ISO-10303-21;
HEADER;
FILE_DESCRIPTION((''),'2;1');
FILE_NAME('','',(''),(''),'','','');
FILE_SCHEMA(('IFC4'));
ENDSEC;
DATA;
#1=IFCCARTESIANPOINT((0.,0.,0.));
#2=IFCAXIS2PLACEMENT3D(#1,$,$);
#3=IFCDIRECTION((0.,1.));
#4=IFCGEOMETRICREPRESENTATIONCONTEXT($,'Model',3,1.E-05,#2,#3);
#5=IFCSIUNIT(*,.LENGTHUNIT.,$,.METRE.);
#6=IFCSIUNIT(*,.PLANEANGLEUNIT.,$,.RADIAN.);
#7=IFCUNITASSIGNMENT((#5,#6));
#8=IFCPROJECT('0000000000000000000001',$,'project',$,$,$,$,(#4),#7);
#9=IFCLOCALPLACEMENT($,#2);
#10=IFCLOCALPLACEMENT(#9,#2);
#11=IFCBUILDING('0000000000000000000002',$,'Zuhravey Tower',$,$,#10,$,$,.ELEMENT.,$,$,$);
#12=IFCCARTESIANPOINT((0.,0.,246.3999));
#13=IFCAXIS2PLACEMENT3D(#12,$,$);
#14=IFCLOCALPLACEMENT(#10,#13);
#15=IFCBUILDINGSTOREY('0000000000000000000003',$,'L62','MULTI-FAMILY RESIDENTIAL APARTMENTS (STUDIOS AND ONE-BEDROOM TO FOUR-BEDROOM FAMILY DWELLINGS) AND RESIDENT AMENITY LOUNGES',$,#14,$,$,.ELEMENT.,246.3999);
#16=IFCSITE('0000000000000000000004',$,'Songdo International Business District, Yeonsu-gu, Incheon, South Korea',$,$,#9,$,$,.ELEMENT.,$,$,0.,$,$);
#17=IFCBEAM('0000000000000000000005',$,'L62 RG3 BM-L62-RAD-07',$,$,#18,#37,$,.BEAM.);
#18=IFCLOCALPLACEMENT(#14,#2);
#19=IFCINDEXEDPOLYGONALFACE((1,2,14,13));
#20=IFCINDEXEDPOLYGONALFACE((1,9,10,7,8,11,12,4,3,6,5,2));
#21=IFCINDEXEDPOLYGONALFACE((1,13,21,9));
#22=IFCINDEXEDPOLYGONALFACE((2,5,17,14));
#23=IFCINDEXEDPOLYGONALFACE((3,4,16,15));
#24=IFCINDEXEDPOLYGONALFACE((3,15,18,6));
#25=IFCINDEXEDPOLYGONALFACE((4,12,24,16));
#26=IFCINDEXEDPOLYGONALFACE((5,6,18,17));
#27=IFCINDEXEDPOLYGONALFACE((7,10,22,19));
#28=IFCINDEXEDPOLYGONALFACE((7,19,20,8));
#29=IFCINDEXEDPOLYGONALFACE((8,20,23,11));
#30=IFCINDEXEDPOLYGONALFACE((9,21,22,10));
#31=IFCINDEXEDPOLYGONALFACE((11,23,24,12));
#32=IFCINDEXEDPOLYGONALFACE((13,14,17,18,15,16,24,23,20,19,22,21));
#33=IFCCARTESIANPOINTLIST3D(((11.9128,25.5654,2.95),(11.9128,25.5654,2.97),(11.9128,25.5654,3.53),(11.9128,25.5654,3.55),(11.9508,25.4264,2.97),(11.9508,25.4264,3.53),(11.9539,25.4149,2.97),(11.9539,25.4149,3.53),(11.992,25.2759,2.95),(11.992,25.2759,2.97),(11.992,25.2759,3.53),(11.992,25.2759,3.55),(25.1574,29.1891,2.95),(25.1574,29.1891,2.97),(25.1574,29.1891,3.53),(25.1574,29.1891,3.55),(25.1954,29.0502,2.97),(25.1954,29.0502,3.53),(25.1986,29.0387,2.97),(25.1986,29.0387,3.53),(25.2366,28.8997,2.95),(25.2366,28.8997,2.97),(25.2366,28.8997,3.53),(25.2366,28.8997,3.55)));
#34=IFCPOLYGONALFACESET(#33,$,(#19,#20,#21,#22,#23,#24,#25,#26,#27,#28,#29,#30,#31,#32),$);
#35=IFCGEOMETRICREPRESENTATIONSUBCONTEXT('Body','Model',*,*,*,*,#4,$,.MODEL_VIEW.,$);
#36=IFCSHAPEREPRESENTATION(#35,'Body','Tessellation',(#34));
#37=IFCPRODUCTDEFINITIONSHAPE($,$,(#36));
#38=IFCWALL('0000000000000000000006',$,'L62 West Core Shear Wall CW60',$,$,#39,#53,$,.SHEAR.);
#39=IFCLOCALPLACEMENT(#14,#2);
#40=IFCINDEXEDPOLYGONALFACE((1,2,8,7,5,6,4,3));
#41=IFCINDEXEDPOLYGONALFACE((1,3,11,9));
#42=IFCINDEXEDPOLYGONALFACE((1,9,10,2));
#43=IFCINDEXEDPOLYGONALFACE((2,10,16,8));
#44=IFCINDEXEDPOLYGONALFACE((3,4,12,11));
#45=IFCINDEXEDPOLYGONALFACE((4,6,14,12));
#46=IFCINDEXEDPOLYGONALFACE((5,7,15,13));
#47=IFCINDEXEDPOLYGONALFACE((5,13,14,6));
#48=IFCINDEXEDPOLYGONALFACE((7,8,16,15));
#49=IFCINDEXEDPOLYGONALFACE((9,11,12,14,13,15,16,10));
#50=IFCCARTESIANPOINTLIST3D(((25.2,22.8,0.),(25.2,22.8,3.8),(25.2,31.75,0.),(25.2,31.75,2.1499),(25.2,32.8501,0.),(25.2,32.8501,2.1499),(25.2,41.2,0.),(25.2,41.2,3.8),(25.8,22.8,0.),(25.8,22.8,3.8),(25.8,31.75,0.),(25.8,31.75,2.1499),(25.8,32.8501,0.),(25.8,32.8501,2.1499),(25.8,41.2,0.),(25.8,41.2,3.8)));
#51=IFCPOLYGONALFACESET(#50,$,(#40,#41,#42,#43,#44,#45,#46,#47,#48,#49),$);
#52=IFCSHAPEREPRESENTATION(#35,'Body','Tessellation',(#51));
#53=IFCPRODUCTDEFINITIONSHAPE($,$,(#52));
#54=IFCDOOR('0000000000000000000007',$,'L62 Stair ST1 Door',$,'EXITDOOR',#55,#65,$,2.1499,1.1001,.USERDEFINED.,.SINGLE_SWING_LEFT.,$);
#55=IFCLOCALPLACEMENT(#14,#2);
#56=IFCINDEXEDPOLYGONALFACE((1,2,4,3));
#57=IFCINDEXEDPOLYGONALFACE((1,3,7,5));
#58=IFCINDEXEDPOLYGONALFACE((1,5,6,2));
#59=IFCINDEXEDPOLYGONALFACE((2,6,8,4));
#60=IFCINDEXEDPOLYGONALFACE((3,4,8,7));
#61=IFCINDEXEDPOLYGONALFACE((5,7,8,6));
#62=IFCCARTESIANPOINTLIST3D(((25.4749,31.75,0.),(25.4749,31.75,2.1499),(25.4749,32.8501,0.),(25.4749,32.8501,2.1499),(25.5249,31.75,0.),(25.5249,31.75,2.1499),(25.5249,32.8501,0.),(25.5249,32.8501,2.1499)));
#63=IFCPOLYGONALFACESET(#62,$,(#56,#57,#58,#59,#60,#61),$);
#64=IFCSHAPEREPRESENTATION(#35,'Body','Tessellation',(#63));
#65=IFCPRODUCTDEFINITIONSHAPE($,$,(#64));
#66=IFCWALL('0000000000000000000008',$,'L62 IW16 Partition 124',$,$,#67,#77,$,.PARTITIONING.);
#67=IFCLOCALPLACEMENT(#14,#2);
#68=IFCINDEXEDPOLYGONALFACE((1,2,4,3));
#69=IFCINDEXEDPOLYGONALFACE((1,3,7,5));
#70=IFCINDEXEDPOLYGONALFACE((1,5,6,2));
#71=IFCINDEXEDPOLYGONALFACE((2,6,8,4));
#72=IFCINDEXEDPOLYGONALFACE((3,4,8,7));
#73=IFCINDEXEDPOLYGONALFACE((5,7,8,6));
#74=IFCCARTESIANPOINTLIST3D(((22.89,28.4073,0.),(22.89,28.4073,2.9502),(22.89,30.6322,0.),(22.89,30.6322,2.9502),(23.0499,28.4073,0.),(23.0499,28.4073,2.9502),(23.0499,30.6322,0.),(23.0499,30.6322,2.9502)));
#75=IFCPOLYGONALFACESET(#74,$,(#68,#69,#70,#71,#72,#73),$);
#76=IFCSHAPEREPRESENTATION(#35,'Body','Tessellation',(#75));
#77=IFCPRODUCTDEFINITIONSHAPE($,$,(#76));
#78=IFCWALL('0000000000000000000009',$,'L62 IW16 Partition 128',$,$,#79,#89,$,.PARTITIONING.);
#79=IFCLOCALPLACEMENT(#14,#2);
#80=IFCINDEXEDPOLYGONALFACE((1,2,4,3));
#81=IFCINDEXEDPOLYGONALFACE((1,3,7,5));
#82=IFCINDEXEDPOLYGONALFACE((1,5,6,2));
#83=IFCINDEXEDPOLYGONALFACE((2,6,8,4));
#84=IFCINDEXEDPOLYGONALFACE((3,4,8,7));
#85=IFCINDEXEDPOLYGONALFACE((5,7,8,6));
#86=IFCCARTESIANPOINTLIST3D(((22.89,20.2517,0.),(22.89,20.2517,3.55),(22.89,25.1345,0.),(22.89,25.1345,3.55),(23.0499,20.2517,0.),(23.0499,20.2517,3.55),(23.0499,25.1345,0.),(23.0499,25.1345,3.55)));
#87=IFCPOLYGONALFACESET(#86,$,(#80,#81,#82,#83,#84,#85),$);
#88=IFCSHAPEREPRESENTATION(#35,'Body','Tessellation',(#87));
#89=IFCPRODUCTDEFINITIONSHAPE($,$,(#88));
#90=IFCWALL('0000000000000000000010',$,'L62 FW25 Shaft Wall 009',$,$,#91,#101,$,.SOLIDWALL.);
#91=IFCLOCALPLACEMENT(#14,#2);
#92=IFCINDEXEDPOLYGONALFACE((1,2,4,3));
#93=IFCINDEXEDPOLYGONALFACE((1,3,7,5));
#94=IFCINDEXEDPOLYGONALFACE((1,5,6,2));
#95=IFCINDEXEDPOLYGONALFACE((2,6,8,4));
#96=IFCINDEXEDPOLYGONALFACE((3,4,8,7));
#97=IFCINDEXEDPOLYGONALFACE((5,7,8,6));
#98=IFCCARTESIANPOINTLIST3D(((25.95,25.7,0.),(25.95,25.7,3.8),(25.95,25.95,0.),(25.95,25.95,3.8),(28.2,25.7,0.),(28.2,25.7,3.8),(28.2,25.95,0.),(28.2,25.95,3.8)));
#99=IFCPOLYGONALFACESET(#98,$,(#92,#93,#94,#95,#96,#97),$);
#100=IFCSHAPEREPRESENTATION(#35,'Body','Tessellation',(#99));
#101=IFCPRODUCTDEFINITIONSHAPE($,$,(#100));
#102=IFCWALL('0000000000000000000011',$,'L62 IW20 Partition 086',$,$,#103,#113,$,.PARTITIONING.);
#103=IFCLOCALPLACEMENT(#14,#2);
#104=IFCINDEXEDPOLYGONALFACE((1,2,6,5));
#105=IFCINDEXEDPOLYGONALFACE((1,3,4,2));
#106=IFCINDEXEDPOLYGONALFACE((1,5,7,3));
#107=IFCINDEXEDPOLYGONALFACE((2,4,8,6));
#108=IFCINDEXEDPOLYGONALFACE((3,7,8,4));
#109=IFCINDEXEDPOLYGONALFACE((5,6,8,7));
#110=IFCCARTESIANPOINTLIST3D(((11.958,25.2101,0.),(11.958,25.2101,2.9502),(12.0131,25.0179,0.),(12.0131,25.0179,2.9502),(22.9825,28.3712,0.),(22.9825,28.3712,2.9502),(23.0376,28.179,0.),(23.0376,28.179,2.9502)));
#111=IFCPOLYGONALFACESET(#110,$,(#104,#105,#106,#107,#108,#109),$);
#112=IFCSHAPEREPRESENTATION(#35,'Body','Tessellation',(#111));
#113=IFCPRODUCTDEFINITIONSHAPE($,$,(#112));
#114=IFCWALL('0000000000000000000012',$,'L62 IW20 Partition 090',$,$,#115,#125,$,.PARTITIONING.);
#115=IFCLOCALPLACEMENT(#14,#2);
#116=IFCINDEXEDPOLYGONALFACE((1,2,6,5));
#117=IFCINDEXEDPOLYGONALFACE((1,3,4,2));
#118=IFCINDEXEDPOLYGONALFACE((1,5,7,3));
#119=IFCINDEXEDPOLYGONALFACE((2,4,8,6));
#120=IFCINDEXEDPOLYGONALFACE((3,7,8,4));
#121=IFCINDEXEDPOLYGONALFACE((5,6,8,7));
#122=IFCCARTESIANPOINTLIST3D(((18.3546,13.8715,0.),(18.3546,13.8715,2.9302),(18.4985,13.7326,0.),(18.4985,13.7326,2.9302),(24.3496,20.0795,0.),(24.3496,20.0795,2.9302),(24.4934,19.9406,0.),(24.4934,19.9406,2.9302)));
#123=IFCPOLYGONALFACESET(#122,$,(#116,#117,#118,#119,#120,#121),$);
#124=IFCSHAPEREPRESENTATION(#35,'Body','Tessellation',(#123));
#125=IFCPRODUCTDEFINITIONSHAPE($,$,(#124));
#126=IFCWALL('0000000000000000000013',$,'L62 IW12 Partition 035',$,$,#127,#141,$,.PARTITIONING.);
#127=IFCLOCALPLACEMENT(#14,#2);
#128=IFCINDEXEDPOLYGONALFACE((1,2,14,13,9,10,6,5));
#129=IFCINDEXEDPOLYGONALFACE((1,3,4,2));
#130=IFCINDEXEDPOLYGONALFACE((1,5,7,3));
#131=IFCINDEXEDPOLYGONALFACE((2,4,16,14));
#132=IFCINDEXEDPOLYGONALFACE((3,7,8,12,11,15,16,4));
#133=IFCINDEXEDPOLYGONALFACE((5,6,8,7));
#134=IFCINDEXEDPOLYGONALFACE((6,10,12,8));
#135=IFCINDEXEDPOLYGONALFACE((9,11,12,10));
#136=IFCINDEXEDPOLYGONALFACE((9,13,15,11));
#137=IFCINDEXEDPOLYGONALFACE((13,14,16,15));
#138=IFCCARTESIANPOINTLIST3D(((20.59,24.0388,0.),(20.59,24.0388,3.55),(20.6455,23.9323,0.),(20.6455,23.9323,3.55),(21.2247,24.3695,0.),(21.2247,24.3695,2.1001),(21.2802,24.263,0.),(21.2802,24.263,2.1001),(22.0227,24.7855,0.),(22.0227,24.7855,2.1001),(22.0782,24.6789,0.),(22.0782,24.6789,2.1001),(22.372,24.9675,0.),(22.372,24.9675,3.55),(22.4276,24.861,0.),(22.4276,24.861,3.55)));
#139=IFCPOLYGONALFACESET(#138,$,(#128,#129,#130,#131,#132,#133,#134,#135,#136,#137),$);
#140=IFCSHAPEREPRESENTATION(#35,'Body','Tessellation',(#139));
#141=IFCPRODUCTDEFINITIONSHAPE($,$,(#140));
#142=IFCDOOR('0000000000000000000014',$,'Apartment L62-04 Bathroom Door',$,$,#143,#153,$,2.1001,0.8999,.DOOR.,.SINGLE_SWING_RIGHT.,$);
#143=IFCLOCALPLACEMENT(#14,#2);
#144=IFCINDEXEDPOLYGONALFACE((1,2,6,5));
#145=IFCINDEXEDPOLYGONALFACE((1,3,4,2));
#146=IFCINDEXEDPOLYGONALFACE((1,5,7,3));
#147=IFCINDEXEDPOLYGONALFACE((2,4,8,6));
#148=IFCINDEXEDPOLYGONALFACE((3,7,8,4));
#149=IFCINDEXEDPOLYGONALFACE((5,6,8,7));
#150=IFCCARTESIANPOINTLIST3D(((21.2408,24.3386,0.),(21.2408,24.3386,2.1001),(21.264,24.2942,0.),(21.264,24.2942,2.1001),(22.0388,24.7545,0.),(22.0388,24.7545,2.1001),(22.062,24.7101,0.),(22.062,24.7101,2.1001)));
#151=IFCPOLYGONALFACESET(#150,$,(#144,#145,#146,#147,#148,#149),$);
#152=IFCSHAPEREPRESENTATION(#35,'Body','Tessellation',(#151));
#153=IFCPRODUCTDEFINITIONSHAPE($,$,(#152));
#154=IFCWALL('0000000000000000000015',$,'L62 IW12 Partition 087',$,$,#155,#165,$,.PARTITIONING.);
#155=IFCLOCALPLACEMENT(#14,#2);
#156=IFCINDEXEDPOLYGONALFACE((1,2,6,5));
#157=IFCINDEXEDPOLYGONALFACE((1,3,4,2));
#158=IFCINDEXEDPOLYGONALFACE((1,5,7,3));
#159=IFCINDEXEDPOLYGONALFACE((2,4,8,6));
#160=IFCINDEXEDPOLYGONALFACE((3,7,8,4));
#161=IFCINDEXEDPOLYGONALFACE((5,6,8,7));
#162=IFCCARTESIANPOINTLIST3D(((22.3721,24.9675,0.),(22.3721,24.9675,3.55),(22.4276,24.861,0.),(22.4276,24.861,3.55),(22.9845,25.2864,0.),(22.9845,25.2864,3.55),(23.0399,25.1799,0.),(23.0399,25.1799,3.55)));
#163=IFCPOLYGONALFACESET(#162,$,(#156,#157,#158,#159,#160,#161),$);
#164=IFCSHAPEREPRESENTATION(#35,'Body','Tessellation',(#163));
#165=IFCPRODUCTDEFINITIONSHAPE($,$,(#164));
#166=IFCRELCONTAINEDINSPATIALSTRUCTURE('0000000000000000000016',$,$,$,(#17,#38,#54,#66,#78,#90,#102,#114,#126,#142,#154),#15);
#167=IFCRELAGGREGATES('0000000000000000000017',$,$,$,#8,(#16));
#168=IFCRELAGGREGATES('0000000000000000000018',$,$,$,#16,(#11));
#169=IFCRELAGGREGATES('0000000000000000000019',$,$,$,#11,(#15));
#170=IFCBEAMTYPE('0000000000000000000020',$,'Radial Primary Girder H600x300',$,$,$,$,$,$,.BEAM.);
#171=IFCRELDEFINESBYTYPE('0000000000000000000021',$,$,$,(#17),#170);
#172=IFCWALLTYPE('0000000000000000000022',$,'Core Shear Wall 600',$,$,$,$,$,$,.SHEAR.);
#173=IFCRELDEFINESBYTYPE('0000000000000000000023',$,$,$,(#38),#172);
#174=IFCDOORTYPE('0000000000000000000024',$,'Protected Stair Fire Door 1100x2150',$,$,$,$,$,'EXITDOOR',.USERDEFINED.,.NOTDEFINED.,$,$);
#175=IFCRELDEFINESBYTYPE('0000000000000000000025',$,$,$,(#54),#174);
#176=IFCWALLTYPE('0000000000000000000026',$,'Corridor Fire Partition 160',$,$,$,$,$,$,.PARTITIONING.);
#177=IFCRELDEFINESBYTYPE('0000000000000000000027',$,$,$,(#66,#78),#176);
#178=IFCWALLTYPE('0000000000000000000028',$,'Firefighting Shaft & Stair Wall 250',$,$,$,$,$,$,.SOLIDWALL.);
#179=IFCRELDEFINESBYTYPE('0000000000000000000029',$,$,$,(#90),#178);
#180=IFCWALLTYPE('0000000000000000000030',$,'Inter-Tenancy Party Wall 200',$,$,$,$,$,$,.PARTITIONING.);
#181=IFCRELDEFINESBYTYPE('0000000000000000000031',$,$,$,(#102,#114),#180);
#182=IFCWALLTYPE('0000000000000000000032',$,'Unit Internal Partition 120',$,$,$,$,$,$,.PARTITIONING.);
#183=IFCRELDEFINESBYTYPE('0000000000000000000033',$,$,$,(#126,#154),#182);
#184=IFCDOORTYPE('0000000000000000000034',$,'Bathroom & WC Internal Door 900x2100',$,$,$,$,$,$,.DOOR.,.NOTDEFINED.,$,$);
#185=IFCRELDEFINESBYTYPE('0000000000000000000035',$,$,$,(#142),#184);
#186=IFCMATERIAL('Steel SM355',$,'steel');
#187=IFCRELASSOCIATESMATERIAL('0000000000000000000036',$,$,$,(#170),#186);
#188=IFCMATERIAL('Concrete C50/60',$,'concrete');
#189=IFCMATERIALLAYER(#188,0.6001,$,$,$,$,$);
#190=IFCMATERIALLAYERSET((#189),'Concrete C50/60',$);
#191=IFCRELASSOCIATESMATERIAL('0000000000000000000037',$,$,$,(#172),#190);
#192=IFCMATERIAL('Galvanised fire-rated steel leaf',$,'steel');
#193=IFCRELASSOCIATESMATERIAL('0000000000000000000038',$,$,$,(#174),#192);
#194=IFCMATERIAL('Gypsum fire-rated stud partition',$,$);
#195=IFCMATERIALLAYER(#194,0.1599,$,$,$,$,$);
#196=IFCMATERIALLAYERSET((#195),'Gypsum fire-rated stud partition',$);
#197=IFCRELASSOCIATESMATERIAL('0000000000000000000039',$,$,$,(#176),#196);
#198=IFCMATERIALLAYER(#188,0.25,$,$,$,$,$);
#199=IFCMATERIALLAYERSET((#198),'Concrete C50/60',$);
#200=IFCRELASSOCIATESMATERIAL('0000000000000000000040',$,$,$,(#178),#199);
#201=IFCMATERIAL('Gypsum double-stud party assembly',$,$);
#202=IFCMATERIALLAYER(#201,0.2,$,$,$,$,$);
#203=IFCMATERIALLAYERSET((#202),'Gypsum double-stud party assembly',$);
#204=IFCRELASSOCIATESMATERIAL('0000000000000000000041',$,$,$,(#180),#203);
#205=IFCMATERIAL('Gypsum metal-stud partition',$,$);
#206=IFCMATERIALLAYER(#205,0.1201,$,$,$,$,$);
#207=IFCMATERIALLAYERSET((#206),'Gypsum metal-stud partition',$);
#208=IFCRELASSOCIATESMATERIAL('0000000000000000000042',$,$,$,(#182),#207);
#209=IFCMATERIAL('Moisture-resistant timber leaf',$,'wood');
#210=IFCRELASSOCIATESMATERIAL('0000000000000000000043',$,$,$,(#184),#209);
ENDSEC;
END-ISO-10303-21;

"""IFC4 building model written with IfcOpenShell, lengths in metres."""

from ifc_helpers import new_model, si_unit, direction, frame, frame_2d, origin, origin_2d, place, context, subcontext, project, spatial, rectangle, i_section, extrude, material, layer, layer_set, material_profile, profile_set, type_object, element, fill, save


model = new_model("IFC4")

# Units and contexts
model_context = context("Model", 3, precision=1e-05, world=origin(), true_north=direction((0.0, 1.0)))
body_context = subcontext(model_context, "Body", "Model", "MODEL_VIEW")
ifc_project = project(units=[si_unit("LENGTHUNIT", "METRE"), si_unit("PLANEANGLEUNIT", "RADIAN")], contexts=[model_context])

# Site, building, storey
site_placement = place(None, origin())
site = spatial("IfcSite", under=ifc_project, at=site_placement, Name="Songdo International Business District, Yeonsu-gu, Incheon, South Korea", CompositionType="ELEMENT", RefElevation=0.0)
building_placement = place(site_placement, origin())
building = spatial("IfcBuilding", under=site, at=building_placement, Name="Zuhravey Tower", CompositionType="ELEMENT")
storey_placement = place(building_placement, frame((0.0, 0.0, 246.3999)))
storey = spatial("IfcBuildingStorey", under=building, at=storey_placement, Name="L62", Description="MULTI-FAMILY RESIDENTIAL APARTMENTS (STUDIOS AND ONE-BEDROOM TO FOUR-BEDROOM FAMILY DWELLINGS) AND RESIDENT AMENITY LOUNGES", CompositionType="ELEMENT", Elevation=246.3999)

# Beam
ifc_material_1 = material(Name="Steel SM355", Category="steel")
ifc_material_profile = material_profile(ifc_material_1, i_section(OverallWidth=0.3, OverallDepth=0.6001, WebThickness=0.012, FlangeThickness=0.02, at=origin_2d()), Name="H-600x300x12x20")
ifc_profile_set = profile_set([ifc_material_profile], Name="Steel SM355")
beam_type = type_object("IfcBeamType", Name="Radial Primary Girder H600x300", PredefinedType="BEAM", material=ifc_profile_set)
beam_placement = place(storey_placement, frame((25.197, 29.0444, 3.25), z_axis=(-0.964549, -0.263904, 0.0), x_axis=(0.263904, -0.964549, 0.0)))
element("IfcBeam", 1, at=beam_placement, inside=storey, type_object=beam_type, Name="L62 RG3 BM-L62-RAD-07", PredefinedType="BEAM", context=body_context, shape_type="SweptSolid", body=[
    extrude(i_section(OverallWidth=0.3, OverallDepth=0.6001, WebThickness=0.012, FlangeThickness=0.02, at=origin_2d()), origin(), (0.0, 0.0, 1.0), 13.7314),
])

# Wall, opening, door
ifc_material_2 = material(Name="Concrete C50/60", Category="concrete")
ifc_layer_1 = layer(ifc_material_2, 0.6001)
ifc_layer_set_1 = layer_set([ifc_layer_1], Name="Concrete C50/60")
wall_type_1 = type_object("IfcWallType", Name="Core Shear Wall 600", PredefinedType="SHEAR", material=ifc_layer_set_1)
ifc_material_3 = material(Name="Galvanised fire-rated steel leaf", Category="steel")
wall_1_placement = place(storey_placement, frame((25.5, 22.8, 0.0), z_axis=(0.0, 0.0, 1.0), x_axis=(0.0, 1.0, 0.0)))
wall_1 = element("IfcWall", 2, at=wall_1_placement, inside=storey, type_object=wall_type_1, Name="L62 West Core Shear Wall CW60", PredefinedType="SHEAR", context=body_context, shape_type="SweptSolid", body=[
    extrude(rectangle(XDim=18.3999, YDim=0.6001, at=frame_2d((9.2, 0.0))), origin(), (0.0, 0.0, 1.0), 3.8),
])
opening_1_placement = place(wall_1_placement, frame((8.95, 0.0, 0.0)))
opening_1 = element("IfcOpeningElement", 3, at=opening_1_placement, cuts=wall_1, PredefinedType="OPENING", context=body_context, shape_type="SweptSolid", body=[
    extrude(rectangle(XDim=1.1001, YDim=2.1499, at=frame_2d((0.55, 1.075))), frame((0.0, 0.312, 0.0), z_axis=(0.0, -1.0, 0.0), x_axis=(1.0, 0.0, 0.0)), (0.0, 0.0, 1.0), 0.624),
])
door_type_1 = type_object("IfcDoorType", Name="Protected Stair Fire Door 1100x2150", ElementType="EXITDOOR", OperationType="NOTDEFINED", PredefinedType="USERDEFINED", material=ifc_material_3)
door_1_placement = place(opening_1_placement, frame((1.1001, 0.0, 0.0), z_axis=(0.0, 0.0, 1.0), x_axis=(-1.0, 0.0, 0.0)))
door_1 = element("IfcDoor", 4, at=door_1_placement, inside=storey, type_object=door_type_1, Name="L62 Stair ST1 Door", ObjectType="EXITDOOR", OperationType="SINGLE_SWING_LEFT", OverallHeight=2.1499, OverallWidth=1.1001, PredefinedType="USERDEFINED", context=body_context, shape_type="SweptSolid", body=[
    extrude(rectangle(XDim=1.1001, YDim=2.1499, at=frame_2d((0.55, 1.075))), frame((0.0, 0.0249, 0.0), z_axis=(0.0, -1.0, 0.0), x_axis=(1.0, 0.0, 0.0)), (0.0, 0.0, 1.0), 0.05),
])
fill(opening_1, door_1)
ifc_material_4 = material(Name="Gypsum fire-rated stud partition")
ifc_layer_2 = layer(ifc_material_4, 0.1599)
ifc_layer_set_2 = layer_set([ifc_layer_2], Name="Gypsum fire-rated stud partition")
wall_type_2 = type_object("IfcWallType", Name="Corridor Fire Partition 160", PredefinedType="PARTITIONING", material=ifc_layer_set_2)

# Walls
wall_2_placement = place(storey_placement, frame((22.97, 30.6321, 0.0), z_axis=(0.0, 0.0, 1.0), x_axis=(0.0, -1.0, 0.0)))
element("IfcWall", 5, at=wall_2_placement, inside=storey, type_object=wall_type_2, Name="L62 IW16 Partition 124", PredefinedType="PARTITIONING", context=body_context, shape_type="SweptSolid", body=[
    extrude(rectangle(XDim=2.2249, YDim=0.1599, at=frame_2d((1.1123, 0.0))), origin(), (0.0, 0.0, 1.0), 2.9502),
])
wall_3_placement = place(storey_placement, frame((22.97, 25.1345, 0.0), z_axis=(0.0, 0.0, 1.0), x_axis=(0.0, -1.0, 0.0)))
element("IfcWall", 6, at=wall_3_placement, inside=storey, type_object=wall_type_2, Name="L62 IW16 Partition 128", PredefinedType="PARTITIONING", context=body_context, shape_type="SweptSolid", body=[
    extrude(rectangle(XDim=4.8828, YDim=0.1599, at=frame_2d((2.4414, 0.0))), origin(), (0.0, 0.0, 1.0), 3.55),
])
ifc_layer_3 = layer(ifc_material_2, 0.25)
ifc_layer_set_3 = layer_set([ifc_layer_3], Name="Concrete C50/60")
wall_type_3 = type_object("IfcWallType", Name="Firefighting Shaft & Stair Wall 250", PredefinedType="SOLIDWALL", material=ifc_layer_set_3)
wall_4_placement = place(storey_placement, frame((25.95, 25.825, 0.0), z_axis=(0.0, 0.0, 1.0), x_axis=(1.0, 0.0, 0.0)))
element("IfcWall", 7, at=wall_4_placement, inside=storey, type_object=wall_type_3, Name="L62 FW25 Shaft Wall 009", PredefinedType="SOLIDWALL", context=body_context, shape_type="SweptSolid", body=[
    extrude(rectangle(XDim=2.25, YDim=0.25, at=frame_2d((1.125, 0.0))), origin(), (0.0, 0.0, 1.0), 3.8),
])
ifc_material_5 = material(Name="Gypsum double-stud party assembly")
ifc_layer_4 = layer(ifc_material_5, 0.2)
ifc_layer_set_4 = layer_set([ifc_layer_4], Name="Gypsum double-stud party assembly")
wall_type_4 = type_object("IfcWallType", Name="Inter-Tenancy Party Wall 200", PredefinedType="PARTITIONING", material=ifc_layer_set_4)
wall_5_placement = place(storey_placement, frame((23.01, 28.2751, 0.0), z_axis=(0.0, 0.0, 1.0), x_axis=(-0.961263, -0.275632, 0.0)))
element("IfcWall", 8, at=wall_5_placement, inside=storey, type_object=wall_type_4, Name="L62 IW20 Partition 086", PredefinedType="PARTITIONING", context=body_context, shape_type="SweptSolid", body=[
    extrude(rectangle(XDim=11.4688, YDim=0.2, at=frame_2d((5.7344, 0.0))), origin(), (0.0, 0.0, 1.0), 2.9502),
])
wall_6_placement = place(storey_placement, frame((24.4214, 20.01, 0.0), z_axis=(0.0, 0.0, 1.0), x_axis=(-0.694651, -0.719347, 0.0)))
element("IfcWall", 9, at=wall_6_placement, inside=storey, type_object=wall_type_4, Name="L62 IW20 Partition 090", PredefinedType="PARTITIONING", context=body_context, shape_type="SweptSolid", body=[
    extrude(rectangle(XDim=8.6301, YDim=0.2, at=frame_2d((4.3149, 0.0))), origin(), (0.0, 0.0, 1.0), 2.9302),
])

# Wall, opening, door
ifc_material_6 = material(Name="Gypsum metal-stud partition")
ifc_layer_5 = layer(ifc_material_6, 0.1201)
ifc_layer_set_5 = layer_set([ifc_layer_5], Name="Gypsum metal-stud partition")
wall_type_5 = type_object("IfcWallType", Name="Unit Internal Partition 120", PredefinedType="PARTITIONING", material=ifc_layer_set_5)
wall_7_placement = place(storey_placement, frame((22.3999, 24.9143, 0.0), z_axis=(0.0, 0.0, 1.0), x_axis=(-0.886793, -0.462167, 0.0)))
wall_7 = element("IfcWall", 10, at=wall_7_placement, inside=storey, type_object=wall_type_5, Name="L62 IW12 Partition 035", PredefinedType="PARTITIONING", context=body_context, shape_type="SweptSolid", body=[
    extrude(rectangle(XDim=2.0095, YDim=0.1201, at=frame_2d((1.0049, 0.0))), origin(), (0.0, 0.0, 1.0), 3.55),
])
opening_2_placement = place(wall_7_placement, frame((0.394, 0.0, 0.0)))
opening_2 = element("IfcOpeningElement", 11, at=opening_2_placement, cuts=wall_7, PredefinedType="OPENING", context=body_context, shape_type="SweptSolid", body=[
    extrude(rectangle(XDim=0.8999, YDim=2.1001, at=frame_2d((0.45, 1.05))), frame((0.0, 0.072, 0.0), z_axis=(0.0, -1.0, 0.0), x_axis=(1.0, 0.0, 0.0)), (0.0, 0.0, 1.0), 0.144),
])
ifc_material_7 = material(Name="Moisture-resistant timber leaf", Category="wood")
door_type_2 = type_object("IfcDoorType", Name="Bathroom & WC Internal Door 900x2100", OperationType="NOTDEFINED", PredefinedType="DOOR", material=ifc_material_7)
door_2_placement = place(opening_2_placement, origin())
door_2 = element("IfcDoor", 12, at=door_2_placement, inside=storey, type_object=door_type_2, Name="Apartment L62-04 Bathroom Door", OperationType="SINGLE_SWING_RIGHT", OverallHeight=2.1001, OverallWidth=0.8999, PredefinedType="DOOR", context=body_context, shape_type="SweptSolid", body=[
    extrude(rectangle(XDim=0.8999, YDim=2.1001, at=frame_2d((0.45, 1.05))), frame((0.0, 0.0249, 0.0), z_axis=(0.0, -1.0, 0.0), x_axis=(1.0, 0.0, 0.0)), (0.0, 0.0, 1.0), 0.05),
])
fill(opening_2, door_2)

# Wall
wall_8_placement = place(storey_placement, frame((23.0122, 25.2332, 0.0), z_axis=(0.0, 0.0, 1.0), x_axis=(-0.88695, -0.461865, 0.0)))
element("IfcWall", 13, at=wall_8_placement, inside=storey, type_object=wall_type_5, Name="L62 IW12 Partition 087", PredefinedType="PARTITIONING", context=body_context, shape_type="SweptSolid", body=[
    extrude(rectangle(XDim=0.6904, YDim=0.1201, at=frame_2d((0.3452, 0.0))), origin(), (0.0, 0.0, 1.0), 3.55),
])

save(model, "model.ifc")
